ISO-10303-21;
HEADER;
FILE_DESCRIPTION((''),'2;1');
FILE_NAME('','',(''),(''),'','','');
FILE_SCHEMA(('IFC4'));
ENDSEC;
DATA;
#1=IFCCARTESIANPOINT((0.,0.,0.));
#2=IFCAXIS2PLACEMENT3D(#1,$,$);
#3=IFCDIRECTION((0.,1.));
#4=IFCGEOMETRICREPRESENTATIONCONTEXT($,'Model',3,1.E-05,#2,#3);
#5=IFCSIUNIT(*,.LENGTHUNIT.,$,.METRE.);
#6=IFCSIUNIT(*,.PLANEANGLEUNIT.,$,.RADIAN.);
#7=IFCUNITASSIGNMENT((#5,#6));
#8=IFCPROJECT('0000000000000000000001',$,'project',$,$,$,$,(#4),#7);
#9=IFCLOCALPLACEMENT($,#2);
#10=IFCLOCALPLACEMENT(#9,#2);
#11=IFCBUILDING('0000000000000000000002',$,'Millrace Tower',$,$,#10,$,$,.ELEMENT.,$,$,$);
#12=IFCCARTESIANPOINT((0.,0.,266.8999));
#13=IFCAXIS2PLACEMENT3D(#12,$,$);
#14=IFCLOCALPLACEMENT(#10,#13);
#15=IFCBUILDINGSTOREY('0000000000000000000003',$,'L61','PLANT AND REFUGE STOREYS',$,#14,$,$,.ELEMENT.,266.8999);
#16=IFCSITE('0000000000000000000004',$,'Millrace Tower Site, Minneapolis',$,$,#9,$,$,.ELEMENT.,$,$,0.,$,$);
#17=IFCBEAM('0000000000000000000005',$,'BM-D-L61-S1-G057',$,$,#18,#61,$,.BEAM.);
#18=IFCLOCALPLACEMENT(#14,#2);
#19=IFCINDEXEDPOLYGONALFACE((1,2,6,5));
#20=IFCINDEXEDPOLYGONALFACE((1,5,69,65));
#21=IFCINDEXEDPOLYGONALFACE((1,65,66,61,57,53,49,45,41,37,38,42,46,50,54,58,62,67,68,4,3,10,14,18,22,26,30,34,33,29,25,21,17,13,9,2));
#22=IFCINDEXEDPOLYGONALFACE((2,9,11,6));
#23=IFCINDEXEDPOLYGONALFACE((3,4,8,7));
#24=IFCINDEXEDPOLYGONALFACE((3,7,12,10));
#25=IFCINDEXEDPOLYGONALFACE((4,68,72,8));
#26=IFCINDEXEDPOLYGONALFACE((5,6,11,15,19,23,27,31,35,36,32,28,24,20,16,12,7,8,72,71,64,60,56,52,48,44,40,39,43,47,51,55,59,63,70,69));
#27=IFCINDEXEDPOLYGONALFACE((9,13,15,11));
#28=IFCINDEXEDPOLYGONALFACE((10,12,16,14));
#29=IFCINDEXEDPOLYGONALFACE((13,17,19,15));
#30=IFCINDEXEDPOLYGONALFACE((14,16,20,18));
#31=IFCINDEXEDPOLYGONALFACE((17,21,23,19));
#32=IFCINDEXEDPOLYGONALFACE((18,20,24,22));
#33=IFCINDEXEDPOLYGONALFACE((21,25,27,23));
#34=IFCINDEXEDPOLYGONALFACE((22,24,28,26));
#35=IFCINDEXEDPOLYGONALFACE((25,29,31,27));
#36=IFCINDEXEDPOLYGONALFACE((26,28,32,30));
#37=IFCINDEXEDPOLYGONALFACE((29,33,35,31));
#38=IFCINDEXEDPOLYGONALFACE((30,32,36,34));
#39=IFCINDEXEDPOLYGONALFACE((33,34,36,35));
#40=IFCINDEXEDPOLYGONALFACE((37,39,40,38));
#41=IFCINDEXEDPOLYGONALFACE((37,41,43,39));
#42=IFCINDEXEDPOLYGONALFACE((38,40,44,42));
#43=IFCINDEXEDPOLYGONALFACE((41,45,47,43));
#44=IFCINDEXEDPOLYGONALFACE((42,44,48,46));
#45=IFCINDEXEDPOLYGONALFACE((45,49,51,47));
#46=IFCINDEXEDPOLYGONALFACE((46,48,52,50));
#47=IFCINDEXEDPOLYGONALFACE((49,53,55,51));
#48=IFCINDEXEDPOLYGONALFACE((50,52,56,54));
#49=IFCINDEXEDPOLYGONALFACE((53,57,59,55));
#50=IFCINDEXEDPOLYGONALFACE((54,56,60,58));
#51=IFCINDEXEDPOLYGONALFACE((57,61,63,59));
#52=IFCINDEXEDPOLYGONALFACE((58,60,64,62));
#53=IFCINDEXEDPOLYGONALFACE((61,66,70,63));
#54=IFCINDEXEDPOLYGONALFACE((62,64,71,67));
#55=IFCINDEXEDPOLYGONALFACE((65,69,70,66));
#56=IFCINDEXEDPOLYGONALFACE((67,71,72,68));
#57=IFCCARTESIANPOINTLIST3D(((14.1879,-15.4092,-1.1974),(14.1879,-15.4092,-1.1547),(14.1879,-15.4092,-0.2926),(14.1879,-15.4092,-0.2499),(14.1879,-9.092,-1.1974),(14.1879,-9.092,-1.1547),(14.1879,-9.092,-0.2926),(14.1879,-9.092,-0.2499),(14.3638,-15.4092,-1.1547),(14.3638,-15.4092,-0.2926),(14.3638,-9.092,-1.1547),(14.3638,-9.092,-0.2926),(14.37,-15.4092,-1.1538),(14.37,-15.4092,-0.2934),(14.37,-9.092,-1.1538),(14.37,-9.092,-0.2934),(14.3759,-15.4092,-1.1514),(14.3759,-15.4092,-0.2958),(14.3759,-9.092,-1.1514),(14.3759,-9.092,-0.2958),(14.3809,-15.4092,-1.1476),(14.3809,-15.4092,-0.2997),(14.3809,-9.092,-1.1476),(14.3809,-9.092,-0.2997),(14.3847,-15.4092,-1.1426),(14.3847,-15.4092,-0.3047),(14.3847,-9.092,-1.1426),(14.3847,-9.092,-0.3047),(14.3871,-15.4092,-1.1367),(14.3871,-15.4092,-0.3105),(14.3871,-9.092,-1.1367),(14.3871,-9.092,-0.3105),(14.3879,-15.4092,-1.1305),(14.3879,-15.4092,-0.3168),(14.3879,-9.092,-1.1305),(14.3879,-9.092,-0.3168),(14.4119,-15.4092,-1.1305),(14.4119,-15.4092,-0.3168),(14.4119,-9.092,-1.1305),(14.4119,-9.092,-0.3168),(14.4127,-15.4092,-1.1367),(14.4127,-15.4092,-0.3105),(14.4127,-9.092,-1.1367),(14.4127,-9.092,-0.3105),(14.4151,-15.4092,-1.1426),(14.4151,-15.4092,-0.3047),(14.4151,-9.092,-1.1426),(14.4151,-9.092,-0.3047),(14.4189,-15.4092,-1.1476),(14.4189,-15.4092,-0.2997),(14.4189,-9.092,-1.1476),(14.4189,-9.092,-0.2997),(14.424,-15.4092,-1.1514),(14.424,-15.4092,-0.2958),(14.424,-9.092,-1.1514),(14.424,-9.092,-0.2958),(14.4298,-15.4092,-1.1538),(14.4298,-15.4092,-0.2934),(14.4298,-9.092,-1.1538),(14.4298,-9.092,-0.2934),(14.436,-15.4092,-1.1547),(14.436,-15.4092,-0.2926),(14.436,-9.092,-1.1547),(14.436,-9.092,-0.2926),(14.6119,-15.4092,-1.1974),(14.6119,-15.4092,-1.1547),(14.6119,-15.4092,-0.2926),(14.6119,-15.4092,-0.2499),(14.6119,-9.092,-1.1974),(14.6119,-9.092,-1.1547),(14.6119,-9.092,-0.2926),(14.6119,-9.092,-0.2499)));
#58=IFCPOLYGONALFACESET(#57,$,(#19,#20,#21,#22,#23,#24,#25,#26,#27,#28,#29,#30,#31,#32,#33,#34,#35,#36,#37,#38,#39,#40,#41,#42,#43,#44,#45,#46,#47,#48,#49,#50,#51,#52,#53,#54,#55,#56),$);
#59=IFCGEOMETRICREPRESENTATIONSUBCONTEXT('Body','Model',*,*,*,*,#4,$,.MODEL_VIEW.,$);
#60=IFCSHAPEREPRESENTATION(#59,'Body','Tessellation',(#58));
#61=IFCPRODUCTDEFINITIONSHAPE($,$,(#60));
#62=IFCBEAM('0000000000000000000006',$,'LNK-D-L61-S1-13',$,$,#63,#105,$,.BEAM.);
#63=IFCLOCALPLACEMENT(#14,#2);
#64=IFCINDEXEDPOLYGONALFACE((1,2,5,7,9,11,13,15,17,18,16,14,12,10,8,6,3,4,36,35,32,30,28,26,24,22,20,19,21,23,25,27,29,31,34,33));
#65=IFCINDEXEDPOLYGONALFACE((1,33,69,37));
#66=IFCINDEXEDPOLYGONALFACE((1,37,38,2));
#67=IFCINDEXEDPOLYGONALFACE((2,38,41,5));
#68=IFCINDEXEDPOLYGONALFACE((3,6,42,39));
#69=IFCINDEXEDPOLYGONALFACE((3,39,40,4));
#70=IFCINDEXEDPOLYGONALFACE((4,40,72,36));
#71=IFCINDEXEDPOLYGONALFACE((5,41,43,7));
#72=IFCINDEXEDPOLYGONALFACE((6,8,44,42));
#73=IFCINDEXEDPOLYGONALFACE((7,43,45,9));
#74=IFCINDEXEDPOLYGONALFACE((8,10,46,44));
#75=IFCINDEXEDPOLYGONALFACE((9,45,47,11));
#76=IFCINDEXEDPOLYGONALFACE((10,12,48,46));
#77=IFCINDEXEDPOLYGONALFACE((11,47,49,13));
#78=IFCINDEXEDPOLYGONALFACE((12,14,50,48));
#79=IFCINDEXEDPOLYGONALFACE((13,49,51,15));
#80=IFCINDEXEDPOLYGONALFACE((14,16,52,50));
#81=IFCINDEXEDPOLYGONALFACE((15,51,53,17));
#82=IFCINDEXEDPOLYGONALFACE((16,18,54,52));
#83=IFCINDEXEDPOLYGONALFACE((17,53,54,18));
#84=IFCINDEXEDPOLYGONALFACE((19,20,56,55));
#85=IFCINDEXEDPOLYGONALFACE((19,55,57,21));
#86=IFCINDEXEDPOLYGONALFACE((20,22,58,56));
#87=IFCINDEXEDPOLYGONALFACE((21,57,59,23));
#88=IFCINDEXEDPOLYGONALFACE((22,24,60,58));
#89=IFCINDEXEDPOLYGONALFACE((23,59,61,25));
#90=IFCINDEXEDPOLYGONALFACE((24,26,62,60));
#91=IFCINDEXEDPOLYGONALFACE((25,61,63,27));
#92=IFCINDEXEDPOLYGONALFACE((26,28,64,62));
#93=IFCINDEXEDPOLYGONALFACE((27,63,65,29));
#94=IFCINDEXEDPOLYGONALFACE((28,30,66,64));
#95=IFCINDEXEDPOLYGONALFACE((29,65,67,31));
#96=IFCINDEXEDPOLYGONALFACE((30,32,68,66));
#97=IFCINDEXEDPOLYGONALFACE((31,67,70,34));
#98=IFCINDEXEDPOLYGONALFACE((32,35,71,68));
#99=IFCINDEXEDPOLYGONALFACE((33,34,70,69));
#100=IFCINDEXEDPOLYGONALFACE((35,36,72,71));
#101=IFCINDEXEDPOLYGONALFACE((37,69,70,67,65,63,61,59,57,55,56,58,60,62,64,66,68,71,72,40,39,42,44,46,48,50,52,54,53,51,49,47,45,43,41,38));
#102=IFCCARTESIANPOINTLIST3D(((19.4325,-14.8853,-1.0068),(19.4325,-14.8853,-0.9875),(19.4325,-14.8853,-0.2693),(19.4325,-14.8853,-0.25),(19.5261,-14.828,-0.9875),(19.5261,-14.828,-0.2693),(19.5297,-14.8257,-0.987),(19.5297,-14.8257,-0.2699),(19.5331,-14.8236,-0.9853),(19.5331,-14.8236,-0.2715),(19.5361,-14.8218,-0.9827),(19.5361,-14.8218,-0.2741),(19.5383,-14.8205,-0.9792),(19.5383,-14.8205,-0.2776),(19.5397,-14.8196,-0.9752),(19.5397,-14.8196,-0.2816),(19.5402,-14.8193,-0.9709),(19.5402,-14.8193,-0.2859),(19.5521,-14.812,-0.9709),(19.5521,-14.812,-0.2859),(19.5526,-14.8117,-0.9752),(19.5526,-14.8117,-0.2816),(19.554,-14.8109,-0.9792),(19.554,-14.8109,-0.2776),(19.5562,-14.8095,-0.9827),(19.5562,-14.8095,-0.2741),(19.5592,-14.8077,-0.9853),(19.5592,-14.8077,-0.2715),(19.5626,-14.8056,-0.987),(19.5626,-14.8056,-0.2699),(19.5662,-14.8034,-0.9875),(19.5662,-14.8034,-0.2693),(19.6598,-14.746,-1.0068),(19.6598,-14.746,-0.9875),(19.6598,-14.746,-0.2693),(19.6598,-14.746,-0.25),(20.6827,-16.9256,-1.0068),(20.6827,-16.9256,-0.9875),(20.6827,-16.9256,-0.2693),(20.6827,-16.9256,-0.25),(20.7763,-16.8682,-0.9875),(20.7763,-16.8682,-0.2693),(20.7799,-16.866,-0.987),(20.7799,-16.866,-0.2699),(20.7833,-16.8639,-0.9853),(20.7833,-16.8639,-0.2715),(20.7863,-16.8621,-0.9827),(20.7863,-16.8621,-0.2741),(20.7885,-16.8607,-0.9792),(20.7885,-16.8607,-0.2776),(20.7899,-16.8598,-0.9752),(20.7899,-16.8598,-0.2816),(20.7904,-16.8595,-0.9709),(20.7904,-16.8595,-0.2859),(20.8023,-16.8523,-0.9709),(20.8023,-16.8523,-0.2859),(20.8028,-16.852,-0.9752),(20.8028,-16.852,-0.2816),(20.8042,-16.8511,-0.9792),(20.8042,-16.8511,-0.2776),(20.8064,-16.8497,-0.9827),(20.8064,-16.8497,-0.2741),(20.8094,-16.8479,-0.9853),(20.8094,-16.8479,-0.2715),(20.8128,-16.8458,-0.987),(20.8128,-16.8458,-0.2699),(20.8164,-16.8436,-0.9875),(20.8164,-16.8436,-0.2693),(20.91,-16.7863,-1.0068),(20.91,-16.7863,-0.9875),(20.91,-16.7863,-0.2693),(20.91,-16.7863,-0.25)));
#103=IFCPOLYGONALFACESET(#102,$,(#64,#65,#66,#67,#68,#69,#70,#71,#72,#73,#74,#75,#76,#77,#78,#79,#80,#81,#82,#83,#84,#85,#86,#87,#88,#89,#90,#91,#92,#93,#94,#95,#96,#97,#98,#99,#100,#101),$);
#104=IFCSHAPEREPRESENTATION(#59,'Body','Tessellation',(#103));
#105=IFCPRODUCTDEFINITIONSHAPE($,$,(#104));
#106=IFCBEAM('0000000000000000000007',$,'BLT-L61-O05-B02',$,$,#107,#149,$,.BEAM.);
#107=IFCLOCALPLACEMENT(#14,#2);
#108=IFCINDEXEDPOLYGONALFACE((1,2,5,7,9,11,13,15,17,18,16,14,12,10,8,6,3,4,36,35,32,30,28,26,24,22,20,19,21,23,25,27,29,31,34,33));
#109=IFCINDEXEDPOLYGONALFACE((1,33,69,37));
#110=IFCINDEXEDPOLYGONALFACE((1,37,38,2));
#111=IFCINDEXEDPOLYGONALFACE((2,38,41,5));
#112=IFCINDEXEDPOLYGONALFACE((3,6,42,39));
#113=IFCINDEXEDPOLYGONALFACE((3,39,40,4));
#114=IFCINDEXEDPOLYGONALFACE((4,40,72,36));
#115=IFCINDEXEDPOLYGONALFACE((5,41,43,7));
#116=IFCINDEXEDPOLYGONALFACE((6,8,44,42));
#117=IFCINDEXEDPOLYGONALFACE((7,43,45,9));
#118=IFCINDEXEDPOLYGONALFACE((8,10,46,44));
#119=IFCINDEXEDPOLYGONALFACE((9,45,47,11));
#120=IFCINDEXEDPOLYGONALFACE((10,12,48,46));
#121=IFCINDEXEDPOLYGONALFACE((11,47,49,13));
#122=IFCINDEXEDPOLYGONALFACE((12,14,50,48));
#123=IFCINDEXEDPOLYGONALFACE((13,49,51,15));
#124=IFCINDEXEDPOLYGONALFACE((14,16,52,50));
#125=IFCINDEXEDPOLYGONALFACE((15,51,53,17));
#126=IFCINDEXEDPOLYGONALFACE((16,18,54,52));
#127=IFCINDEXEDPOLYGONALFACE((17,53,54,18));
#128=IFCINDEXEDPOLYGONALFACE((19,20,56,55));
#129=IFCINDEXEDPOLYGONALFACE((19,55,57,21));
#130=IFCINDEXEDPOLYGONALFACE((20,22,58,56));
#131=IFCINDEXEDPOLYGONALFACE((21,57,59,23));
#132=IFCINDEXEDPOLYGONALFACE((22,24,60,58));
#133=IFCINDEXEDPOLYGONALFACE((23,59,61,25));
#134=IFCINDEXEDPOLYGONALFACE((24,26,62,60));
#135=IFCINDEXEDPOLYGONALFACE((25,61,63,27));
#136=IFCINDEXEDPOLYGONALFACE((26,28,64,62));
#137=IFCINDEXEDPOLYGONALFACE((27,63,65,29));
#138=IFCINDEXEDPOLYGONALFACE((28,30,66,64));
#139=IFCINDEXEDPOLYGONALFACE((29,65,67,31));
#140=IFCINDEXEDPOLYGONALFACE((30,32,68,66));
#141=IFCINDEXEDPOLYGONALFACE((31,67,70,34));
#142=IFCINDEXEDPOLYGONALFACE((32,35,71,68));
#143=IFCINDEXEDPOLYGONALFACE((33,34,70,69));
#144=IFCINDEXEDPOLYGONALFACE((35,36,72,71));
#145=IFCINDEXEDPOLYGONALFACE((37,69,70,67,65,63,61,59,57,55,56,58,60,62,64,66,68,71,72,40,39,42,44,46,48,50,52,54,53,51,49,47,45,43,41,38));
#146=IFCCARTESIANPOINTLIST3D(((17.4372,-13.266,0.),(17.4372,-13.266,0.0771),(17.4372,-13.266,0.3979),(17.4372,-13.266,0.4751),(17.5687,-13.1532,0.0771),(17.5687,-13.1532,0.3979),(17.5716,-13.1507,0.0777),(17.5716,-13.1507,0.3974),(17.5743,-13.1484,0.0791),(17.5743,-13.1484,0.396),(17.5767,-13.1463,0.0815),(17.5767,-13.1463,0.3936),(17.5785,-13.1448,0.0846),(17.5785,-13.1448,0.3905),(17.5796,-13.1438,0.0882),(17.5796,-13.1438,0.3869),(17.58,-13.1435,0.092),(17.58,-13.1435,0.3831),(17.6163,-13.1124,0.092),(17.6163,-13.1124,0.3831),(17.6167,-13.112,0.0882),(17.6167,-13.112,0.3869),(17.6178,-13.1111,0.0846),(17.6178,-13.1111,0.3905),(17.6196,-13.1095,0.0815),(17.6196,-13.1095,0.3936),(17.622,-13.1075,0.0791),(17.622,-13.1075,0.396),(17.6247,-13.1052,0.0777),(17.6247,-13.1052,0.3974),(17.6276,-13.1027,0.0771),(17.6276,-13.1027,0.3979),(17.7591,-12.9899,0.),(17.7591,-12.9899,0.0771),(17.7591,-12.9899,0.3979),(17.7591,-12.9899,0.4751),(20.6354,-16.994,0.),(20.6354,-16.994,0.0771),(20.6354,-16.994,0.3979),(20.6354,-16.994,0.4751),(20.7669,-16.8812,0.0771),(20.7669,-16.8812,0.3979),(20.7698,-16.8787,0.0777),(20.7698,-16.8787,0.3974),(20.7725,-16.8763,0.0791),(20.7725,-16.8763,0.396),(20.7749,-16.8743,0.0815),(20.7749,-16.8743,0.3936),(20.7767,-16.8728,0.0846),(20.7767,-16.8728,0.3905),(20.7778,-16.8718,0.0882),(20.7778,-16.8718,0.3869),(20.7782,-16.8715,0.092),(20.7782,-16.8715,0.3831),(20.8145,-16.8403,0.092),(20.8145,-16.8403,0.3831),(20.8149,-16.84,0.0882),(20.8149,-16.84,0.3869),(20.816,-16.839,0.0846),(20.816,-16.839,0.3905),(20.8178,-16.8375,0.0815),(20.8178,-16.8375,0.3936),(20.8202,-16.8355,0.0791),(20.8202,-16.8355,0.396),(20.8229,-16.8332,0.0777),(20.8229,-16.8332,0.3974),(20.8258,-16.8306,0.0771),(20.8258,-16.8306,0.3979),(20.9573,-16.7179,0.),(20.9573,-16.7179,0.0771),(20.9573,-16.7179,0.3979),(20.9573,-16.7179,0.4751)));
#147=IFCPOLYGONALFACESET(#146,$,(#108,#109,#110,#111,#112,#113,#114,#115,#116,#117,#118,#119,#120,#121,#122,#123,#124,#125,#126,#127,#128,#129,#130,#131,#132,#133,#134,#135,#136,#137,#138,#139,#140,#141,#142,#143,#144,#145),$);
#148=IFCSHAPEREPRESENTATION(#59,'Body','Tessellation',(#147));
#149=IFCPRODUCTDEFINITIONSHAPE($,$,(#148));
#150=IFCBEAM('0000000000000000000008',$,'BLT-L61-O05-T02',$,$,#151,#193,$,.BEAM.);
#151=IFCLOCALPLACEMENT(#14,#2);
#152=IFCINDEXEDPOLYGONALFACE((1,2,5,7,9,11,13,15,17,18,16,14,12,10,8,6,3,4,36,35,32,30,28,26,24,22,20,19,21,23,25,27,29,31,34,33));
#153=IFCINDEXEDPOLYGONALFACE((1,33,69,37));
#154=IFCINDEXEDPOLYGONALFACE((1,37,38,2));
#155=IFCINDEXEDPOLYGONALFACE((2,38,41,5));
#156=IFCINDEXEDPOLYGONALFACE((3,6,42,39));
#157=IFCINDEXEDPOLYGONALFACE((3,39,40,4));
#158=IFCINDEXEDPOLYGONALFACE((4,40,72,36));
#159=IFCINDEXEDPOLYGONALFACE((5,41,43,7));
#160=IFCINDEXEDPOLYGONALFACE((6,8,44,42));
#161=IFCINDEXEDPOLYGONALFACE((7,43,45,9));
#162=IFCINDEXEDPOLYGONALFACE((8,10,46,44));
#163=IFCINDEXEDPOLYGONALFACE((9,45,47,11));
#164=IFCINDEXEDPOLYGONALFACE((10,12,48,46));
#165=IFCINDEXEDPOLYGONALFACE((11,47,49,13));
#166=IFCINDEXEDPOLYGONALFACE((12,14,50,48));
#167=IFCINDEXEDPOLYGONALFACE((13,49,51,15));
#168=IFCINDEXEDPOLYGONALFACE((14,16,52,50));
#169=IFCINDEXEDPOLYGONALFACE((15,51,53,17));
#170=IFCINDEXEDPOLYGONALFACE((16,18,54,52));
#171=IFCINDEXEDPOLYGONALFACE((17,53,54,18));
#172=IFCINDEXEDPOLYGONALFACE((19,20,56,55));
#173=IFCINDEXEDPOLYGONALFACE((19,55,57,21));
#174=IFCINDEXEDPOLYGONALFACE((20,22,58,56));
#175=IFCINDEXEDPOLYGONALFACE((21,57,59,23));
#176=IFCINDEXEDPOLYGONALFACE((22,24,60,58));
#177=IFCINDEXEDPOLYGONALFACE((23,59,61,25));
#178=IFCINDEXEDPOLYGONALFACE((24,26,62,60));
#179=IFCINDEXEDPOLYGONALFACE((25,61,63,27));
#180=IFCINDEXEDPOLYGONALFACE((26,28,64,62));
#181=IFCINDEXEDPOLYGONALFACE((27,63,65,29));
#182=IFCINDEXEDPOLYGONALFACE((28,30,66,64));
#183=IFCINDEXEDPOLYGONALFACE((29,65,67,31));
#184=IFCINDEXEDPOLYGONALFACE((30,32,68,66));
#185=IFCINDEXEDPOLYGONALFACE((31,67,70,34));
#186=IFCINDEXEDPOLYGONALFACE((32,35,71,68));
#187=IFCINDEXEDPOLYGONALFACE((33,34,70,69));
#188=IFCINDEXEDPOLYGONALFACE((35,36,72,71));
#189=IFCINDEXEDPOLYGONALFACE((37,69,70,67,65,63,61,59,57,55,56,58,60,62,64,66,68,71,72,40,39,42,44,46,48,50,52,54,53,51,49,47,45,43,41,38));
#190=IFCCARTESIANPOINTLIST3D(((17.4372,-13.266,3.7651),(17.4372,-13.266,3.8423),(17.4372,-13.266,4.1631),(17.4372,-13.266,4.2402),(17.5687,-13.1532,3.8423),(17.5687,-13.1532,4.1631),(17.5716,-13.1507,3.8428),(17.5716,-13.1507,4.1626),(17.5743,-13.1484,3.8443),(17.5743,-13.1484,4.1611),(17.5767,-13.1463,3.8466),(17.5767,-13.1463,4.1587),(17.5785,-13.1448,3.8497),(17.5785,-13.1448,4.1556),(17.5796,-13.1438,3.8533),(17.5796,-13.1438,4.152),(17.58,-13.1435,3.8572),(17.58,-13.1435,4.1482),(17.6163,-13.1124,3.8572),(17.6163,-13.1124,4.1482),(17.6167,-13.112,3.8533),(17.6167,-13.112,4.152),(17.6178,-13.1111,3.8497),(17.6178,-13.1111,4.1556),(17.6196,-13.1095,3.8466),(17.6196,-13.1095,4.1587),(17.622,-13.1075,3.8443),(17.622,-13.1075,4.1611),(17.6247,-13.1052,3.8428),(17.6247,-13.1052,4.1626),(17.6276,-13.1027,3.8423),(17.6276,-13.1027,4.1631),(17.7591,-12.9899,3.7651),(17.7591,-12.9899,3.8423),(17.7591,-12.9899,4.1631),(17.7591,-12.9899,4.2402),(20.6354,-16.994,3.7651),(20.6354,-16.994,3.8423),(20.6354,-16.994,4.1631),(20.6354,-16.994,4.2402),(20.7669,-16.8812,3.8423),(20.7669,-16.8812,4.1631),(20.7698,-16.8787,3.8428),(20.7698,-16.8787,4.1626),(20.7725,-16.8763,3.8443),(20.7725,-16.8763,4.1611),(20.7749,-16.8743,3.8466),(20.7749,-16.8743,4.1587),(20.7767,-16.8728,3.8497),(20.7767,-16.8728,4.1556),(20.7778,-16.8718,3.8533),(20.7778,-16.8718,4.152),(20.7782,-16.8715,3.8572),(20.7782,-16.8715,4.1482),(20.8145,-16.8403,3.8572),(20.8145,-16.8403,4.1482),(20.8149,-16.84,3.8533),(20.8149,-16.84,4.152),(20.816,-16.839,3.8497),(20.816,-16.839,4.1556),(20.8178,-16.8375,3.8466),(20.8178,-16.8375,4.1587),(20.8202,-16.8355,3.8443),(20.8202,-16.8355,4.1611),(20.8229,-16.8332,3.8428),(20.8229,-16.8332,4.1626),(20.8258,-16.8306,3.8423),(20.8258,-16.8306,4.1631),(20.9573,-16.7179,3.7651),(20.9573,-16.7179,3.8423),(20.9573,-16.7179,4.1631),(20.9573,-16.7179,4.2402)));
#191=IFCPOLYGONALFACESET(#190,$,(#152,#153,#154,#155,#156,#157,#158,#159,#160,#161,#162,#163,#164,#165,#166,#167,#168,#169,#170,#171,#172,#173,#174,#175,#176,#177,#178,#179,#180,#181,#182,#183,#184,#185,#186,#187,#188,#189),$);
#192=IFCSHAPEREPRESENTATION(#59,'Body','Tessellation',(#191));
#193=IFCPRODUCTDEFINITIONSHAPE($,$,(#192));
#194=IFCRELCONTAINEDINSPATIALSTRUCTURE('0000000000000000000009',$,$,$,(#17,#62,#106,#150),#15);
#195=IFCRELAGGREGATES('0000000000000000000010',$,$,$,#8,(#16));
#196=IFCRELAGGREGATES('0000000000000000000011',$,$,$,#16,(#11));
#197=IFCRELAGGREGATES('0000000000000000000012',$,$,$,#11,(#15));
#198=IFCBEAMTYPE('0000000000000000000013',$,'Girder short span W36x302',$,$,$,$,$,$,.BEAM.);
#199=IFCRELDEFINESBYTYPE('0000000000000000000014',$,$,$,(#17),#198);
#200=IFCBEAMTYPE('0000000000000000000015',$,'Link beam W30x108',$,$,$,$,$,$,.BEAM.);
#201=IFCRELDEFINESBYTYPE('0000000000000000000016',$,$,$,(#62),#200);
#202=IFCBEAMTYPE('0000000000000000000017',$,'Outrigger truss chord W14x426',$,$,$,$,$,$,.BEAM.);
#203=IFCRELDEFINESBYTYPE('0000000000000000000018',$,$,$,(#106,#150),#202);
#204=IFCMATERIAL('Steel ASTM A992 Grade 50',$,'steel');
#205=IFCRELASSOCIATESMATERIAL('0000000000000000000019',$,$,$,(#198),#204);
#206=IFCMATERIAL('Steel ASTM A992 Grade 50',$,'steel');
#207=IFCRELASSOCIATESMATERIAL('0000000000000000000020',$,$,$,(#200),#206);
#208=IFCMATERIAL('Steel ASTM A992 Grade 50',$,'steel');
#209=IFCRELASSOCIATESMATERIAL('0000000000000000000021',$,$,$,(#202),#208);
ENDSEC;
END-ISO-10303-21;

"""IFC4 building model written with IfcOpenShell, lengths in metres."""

from ifc_helpers import new_model, si_unit, direction, frame, origin, origin_2d, place, context, subcontext, project, spatial, i_section, extrude, material, material_profile, profile_set, type_object, element, save


model = new_model("IFC4")

# Units and contexts
model_context = context("Model", 3, precision=1e-05, world=origin(), true_north=direction((0.0, 1.0)))
body_context = subcontext(model_context, "Body", "Model", "MODEL_VIEW")
ifc_project = project(units=[si_unit("LENGTHUNIT", "METRE"), si_unit("PLANEANGLEUNIT", "RADIAN")], contexts=[model_context])

# Site, building, storey
site_placement = place(None, origin())
site = spatial("IfcSite", under=ifc_project, at=site_placement, Name="Millrace Tower Site, Minneapolis", CompositionType="ELEMENT", RefElevation=0.0)
building_placement = place(site_placement, origin())
building = spatial("IfcBuilding", under=site, at=building_placement, Name="Millrace Tower", CompositionType="ELEMENT")
storey_placement = place(building_placement, frame((0.0, 0.0, 266.8999)))
storey = spatial("IfcBuildingStorey", under=building, at=storey_placement, Name="L61", Description="PLANT AND REFUGE STOREYS", CompositionType="ELEMENT", Elevation=266.8999)

# Beams
ifc_material_1 = material(Name="Steel ASTM A992 Grade 50", Category="steel")
ifc_material_profile_1 = material_profile(ifc_material_1, i_section(OverallWidth=0.4241, OverallDepth=0.9475, WebThickness=0.0239, FlangeThickness=0.0427, FilletRadius=0.0242, at=origin_2d()))
ifc_profile_set_1 = profile_set([ifc_material_profile_1], Name="Steel ASTM A992 Grade 50")
beam_type_1 = type_object("IfcBeamType", Name="Girder short span W36x302", PredefinedType="BEAM", material=ifc_profile_set_1)
beam_1_placement = place(storey_placement, frame((14.3999, -15.4092, -0.7236), z_axis=(0.0, 1.0, 0.0), x_axis=(-1.0, 0.0, 0.0)))
element("IfcBeam", 1, at=beam_1_placement, inside=storey, type_object=beam_type_1, Name="BM-D-L61-S1-G057", PredefinedType="BEAM", context=body_context, shape_type="SweptSolid", body=[
    extrude(i_section(OverallWidth=0.4241, OverallDepth=0.9475, WebThickness=0.0239, FlangeThickness=0.0427, FilletRadius=0.0242, at=origin_2d()), origin(), (0.0, 0.0, 1.0), 6.3171),
])
ifc_material_2 = material(Name="Steel ASTM A992 Grade 50", Category="steel")
ifc_material_profile_2 = material_profile(ifc_material_2, i_section(OverallWidth=0.2666, OverallDepth=0.7568, WebThickness=0.0139, FlangeThickness=0.0193, FilletRadius=0.0166, at=origin_2d()))
ifc_profile_set_2 = profile_set([ifc_material_profile_2], Name="Steel ASTM A992 Grade 50")
beam_type_2 = type_object("IfcBeamType", Name="Link beam W30x108", PredefinedType="BEAM", material=ifc_profile_set_2)
beam_2_placement = place(storey_placement, frame((19.5461, -14.8157, -0.6284), z_axis=(0.522485, -0.852648, 0.0), x_axis=(0.852648, 0.522485, 0.0)))
element("IfcBeam", 2, at=beam_2_placement, inside=storey, type_object=beam_type_2, Name="LNK-D-L61-S1-13", PredefinedType="BEAM", context=body_context, shape_type="SweptSolid", body=[
    extrude(i_section(OverallWidth=0.2666, OverallDepth=0.7568, WebThickness=0.0139, FlangeThickness=0.0193, FilletRadius=0.0166, at=origin_2d()), origin(), (0.0, 0.0, 1.0), 2.3928),
])
ifc_material_3 = material(Name="Steel ASTM A992 Grade 50", Category="steel")
ifc_material_profile_3 = material_profile(ifc_material_3, i_section(OverallWidth=0.4241, OverallDepth=0.4751, WebThickness=0.0479, FlangeThickness=0.0771, FilletRadius=0.0149, at=origin_2d()))
ifc_profile_set_3 = profile_set([ifc_material_profile_3], Name="Steel ASTM A992 Grade 50")
beam_type_3 = type_object("IfcBeamType", Name="Outrigger truss chord W14x426", PredefinedType="BEAM", material=ifc_profile_set_3)
for number, where, z_axis, x_axis, name in (
    (3, (17.5981, -13.1279, 0.2375), (0.651119, -0.758976, 0.0), (0.758976, 0.651119, 0.0), "BLT-L61-O05-B02"),
    (4, (17.5981, -13.1279, 4.0027), (0.651119, -0.758976, 0.0), (0.758976, 0.651119, 0.0), "BLT-L61-O05-T02"),
):
    element("IfcBeam", number, at=place(storey_placement, frame(where, z_axis=z_axis, x_axis=x_axis)), inside=storey, type_object=beam_type_3, Name=name, PredefinedType="BEAM", context=body_context, shape_type="SweptSolid", body=[
        extrude(i_section(OverallWidth=0.4241, OverallDepth=0.4751, WebThickness=0.0479, FlangeThickness=0.0771, FilletRadius=0.0149, at=origin_2d()), origin(), (0.0, 0.0, 1.0), 4.9119),
    ])

save(model, "model.ifc")
